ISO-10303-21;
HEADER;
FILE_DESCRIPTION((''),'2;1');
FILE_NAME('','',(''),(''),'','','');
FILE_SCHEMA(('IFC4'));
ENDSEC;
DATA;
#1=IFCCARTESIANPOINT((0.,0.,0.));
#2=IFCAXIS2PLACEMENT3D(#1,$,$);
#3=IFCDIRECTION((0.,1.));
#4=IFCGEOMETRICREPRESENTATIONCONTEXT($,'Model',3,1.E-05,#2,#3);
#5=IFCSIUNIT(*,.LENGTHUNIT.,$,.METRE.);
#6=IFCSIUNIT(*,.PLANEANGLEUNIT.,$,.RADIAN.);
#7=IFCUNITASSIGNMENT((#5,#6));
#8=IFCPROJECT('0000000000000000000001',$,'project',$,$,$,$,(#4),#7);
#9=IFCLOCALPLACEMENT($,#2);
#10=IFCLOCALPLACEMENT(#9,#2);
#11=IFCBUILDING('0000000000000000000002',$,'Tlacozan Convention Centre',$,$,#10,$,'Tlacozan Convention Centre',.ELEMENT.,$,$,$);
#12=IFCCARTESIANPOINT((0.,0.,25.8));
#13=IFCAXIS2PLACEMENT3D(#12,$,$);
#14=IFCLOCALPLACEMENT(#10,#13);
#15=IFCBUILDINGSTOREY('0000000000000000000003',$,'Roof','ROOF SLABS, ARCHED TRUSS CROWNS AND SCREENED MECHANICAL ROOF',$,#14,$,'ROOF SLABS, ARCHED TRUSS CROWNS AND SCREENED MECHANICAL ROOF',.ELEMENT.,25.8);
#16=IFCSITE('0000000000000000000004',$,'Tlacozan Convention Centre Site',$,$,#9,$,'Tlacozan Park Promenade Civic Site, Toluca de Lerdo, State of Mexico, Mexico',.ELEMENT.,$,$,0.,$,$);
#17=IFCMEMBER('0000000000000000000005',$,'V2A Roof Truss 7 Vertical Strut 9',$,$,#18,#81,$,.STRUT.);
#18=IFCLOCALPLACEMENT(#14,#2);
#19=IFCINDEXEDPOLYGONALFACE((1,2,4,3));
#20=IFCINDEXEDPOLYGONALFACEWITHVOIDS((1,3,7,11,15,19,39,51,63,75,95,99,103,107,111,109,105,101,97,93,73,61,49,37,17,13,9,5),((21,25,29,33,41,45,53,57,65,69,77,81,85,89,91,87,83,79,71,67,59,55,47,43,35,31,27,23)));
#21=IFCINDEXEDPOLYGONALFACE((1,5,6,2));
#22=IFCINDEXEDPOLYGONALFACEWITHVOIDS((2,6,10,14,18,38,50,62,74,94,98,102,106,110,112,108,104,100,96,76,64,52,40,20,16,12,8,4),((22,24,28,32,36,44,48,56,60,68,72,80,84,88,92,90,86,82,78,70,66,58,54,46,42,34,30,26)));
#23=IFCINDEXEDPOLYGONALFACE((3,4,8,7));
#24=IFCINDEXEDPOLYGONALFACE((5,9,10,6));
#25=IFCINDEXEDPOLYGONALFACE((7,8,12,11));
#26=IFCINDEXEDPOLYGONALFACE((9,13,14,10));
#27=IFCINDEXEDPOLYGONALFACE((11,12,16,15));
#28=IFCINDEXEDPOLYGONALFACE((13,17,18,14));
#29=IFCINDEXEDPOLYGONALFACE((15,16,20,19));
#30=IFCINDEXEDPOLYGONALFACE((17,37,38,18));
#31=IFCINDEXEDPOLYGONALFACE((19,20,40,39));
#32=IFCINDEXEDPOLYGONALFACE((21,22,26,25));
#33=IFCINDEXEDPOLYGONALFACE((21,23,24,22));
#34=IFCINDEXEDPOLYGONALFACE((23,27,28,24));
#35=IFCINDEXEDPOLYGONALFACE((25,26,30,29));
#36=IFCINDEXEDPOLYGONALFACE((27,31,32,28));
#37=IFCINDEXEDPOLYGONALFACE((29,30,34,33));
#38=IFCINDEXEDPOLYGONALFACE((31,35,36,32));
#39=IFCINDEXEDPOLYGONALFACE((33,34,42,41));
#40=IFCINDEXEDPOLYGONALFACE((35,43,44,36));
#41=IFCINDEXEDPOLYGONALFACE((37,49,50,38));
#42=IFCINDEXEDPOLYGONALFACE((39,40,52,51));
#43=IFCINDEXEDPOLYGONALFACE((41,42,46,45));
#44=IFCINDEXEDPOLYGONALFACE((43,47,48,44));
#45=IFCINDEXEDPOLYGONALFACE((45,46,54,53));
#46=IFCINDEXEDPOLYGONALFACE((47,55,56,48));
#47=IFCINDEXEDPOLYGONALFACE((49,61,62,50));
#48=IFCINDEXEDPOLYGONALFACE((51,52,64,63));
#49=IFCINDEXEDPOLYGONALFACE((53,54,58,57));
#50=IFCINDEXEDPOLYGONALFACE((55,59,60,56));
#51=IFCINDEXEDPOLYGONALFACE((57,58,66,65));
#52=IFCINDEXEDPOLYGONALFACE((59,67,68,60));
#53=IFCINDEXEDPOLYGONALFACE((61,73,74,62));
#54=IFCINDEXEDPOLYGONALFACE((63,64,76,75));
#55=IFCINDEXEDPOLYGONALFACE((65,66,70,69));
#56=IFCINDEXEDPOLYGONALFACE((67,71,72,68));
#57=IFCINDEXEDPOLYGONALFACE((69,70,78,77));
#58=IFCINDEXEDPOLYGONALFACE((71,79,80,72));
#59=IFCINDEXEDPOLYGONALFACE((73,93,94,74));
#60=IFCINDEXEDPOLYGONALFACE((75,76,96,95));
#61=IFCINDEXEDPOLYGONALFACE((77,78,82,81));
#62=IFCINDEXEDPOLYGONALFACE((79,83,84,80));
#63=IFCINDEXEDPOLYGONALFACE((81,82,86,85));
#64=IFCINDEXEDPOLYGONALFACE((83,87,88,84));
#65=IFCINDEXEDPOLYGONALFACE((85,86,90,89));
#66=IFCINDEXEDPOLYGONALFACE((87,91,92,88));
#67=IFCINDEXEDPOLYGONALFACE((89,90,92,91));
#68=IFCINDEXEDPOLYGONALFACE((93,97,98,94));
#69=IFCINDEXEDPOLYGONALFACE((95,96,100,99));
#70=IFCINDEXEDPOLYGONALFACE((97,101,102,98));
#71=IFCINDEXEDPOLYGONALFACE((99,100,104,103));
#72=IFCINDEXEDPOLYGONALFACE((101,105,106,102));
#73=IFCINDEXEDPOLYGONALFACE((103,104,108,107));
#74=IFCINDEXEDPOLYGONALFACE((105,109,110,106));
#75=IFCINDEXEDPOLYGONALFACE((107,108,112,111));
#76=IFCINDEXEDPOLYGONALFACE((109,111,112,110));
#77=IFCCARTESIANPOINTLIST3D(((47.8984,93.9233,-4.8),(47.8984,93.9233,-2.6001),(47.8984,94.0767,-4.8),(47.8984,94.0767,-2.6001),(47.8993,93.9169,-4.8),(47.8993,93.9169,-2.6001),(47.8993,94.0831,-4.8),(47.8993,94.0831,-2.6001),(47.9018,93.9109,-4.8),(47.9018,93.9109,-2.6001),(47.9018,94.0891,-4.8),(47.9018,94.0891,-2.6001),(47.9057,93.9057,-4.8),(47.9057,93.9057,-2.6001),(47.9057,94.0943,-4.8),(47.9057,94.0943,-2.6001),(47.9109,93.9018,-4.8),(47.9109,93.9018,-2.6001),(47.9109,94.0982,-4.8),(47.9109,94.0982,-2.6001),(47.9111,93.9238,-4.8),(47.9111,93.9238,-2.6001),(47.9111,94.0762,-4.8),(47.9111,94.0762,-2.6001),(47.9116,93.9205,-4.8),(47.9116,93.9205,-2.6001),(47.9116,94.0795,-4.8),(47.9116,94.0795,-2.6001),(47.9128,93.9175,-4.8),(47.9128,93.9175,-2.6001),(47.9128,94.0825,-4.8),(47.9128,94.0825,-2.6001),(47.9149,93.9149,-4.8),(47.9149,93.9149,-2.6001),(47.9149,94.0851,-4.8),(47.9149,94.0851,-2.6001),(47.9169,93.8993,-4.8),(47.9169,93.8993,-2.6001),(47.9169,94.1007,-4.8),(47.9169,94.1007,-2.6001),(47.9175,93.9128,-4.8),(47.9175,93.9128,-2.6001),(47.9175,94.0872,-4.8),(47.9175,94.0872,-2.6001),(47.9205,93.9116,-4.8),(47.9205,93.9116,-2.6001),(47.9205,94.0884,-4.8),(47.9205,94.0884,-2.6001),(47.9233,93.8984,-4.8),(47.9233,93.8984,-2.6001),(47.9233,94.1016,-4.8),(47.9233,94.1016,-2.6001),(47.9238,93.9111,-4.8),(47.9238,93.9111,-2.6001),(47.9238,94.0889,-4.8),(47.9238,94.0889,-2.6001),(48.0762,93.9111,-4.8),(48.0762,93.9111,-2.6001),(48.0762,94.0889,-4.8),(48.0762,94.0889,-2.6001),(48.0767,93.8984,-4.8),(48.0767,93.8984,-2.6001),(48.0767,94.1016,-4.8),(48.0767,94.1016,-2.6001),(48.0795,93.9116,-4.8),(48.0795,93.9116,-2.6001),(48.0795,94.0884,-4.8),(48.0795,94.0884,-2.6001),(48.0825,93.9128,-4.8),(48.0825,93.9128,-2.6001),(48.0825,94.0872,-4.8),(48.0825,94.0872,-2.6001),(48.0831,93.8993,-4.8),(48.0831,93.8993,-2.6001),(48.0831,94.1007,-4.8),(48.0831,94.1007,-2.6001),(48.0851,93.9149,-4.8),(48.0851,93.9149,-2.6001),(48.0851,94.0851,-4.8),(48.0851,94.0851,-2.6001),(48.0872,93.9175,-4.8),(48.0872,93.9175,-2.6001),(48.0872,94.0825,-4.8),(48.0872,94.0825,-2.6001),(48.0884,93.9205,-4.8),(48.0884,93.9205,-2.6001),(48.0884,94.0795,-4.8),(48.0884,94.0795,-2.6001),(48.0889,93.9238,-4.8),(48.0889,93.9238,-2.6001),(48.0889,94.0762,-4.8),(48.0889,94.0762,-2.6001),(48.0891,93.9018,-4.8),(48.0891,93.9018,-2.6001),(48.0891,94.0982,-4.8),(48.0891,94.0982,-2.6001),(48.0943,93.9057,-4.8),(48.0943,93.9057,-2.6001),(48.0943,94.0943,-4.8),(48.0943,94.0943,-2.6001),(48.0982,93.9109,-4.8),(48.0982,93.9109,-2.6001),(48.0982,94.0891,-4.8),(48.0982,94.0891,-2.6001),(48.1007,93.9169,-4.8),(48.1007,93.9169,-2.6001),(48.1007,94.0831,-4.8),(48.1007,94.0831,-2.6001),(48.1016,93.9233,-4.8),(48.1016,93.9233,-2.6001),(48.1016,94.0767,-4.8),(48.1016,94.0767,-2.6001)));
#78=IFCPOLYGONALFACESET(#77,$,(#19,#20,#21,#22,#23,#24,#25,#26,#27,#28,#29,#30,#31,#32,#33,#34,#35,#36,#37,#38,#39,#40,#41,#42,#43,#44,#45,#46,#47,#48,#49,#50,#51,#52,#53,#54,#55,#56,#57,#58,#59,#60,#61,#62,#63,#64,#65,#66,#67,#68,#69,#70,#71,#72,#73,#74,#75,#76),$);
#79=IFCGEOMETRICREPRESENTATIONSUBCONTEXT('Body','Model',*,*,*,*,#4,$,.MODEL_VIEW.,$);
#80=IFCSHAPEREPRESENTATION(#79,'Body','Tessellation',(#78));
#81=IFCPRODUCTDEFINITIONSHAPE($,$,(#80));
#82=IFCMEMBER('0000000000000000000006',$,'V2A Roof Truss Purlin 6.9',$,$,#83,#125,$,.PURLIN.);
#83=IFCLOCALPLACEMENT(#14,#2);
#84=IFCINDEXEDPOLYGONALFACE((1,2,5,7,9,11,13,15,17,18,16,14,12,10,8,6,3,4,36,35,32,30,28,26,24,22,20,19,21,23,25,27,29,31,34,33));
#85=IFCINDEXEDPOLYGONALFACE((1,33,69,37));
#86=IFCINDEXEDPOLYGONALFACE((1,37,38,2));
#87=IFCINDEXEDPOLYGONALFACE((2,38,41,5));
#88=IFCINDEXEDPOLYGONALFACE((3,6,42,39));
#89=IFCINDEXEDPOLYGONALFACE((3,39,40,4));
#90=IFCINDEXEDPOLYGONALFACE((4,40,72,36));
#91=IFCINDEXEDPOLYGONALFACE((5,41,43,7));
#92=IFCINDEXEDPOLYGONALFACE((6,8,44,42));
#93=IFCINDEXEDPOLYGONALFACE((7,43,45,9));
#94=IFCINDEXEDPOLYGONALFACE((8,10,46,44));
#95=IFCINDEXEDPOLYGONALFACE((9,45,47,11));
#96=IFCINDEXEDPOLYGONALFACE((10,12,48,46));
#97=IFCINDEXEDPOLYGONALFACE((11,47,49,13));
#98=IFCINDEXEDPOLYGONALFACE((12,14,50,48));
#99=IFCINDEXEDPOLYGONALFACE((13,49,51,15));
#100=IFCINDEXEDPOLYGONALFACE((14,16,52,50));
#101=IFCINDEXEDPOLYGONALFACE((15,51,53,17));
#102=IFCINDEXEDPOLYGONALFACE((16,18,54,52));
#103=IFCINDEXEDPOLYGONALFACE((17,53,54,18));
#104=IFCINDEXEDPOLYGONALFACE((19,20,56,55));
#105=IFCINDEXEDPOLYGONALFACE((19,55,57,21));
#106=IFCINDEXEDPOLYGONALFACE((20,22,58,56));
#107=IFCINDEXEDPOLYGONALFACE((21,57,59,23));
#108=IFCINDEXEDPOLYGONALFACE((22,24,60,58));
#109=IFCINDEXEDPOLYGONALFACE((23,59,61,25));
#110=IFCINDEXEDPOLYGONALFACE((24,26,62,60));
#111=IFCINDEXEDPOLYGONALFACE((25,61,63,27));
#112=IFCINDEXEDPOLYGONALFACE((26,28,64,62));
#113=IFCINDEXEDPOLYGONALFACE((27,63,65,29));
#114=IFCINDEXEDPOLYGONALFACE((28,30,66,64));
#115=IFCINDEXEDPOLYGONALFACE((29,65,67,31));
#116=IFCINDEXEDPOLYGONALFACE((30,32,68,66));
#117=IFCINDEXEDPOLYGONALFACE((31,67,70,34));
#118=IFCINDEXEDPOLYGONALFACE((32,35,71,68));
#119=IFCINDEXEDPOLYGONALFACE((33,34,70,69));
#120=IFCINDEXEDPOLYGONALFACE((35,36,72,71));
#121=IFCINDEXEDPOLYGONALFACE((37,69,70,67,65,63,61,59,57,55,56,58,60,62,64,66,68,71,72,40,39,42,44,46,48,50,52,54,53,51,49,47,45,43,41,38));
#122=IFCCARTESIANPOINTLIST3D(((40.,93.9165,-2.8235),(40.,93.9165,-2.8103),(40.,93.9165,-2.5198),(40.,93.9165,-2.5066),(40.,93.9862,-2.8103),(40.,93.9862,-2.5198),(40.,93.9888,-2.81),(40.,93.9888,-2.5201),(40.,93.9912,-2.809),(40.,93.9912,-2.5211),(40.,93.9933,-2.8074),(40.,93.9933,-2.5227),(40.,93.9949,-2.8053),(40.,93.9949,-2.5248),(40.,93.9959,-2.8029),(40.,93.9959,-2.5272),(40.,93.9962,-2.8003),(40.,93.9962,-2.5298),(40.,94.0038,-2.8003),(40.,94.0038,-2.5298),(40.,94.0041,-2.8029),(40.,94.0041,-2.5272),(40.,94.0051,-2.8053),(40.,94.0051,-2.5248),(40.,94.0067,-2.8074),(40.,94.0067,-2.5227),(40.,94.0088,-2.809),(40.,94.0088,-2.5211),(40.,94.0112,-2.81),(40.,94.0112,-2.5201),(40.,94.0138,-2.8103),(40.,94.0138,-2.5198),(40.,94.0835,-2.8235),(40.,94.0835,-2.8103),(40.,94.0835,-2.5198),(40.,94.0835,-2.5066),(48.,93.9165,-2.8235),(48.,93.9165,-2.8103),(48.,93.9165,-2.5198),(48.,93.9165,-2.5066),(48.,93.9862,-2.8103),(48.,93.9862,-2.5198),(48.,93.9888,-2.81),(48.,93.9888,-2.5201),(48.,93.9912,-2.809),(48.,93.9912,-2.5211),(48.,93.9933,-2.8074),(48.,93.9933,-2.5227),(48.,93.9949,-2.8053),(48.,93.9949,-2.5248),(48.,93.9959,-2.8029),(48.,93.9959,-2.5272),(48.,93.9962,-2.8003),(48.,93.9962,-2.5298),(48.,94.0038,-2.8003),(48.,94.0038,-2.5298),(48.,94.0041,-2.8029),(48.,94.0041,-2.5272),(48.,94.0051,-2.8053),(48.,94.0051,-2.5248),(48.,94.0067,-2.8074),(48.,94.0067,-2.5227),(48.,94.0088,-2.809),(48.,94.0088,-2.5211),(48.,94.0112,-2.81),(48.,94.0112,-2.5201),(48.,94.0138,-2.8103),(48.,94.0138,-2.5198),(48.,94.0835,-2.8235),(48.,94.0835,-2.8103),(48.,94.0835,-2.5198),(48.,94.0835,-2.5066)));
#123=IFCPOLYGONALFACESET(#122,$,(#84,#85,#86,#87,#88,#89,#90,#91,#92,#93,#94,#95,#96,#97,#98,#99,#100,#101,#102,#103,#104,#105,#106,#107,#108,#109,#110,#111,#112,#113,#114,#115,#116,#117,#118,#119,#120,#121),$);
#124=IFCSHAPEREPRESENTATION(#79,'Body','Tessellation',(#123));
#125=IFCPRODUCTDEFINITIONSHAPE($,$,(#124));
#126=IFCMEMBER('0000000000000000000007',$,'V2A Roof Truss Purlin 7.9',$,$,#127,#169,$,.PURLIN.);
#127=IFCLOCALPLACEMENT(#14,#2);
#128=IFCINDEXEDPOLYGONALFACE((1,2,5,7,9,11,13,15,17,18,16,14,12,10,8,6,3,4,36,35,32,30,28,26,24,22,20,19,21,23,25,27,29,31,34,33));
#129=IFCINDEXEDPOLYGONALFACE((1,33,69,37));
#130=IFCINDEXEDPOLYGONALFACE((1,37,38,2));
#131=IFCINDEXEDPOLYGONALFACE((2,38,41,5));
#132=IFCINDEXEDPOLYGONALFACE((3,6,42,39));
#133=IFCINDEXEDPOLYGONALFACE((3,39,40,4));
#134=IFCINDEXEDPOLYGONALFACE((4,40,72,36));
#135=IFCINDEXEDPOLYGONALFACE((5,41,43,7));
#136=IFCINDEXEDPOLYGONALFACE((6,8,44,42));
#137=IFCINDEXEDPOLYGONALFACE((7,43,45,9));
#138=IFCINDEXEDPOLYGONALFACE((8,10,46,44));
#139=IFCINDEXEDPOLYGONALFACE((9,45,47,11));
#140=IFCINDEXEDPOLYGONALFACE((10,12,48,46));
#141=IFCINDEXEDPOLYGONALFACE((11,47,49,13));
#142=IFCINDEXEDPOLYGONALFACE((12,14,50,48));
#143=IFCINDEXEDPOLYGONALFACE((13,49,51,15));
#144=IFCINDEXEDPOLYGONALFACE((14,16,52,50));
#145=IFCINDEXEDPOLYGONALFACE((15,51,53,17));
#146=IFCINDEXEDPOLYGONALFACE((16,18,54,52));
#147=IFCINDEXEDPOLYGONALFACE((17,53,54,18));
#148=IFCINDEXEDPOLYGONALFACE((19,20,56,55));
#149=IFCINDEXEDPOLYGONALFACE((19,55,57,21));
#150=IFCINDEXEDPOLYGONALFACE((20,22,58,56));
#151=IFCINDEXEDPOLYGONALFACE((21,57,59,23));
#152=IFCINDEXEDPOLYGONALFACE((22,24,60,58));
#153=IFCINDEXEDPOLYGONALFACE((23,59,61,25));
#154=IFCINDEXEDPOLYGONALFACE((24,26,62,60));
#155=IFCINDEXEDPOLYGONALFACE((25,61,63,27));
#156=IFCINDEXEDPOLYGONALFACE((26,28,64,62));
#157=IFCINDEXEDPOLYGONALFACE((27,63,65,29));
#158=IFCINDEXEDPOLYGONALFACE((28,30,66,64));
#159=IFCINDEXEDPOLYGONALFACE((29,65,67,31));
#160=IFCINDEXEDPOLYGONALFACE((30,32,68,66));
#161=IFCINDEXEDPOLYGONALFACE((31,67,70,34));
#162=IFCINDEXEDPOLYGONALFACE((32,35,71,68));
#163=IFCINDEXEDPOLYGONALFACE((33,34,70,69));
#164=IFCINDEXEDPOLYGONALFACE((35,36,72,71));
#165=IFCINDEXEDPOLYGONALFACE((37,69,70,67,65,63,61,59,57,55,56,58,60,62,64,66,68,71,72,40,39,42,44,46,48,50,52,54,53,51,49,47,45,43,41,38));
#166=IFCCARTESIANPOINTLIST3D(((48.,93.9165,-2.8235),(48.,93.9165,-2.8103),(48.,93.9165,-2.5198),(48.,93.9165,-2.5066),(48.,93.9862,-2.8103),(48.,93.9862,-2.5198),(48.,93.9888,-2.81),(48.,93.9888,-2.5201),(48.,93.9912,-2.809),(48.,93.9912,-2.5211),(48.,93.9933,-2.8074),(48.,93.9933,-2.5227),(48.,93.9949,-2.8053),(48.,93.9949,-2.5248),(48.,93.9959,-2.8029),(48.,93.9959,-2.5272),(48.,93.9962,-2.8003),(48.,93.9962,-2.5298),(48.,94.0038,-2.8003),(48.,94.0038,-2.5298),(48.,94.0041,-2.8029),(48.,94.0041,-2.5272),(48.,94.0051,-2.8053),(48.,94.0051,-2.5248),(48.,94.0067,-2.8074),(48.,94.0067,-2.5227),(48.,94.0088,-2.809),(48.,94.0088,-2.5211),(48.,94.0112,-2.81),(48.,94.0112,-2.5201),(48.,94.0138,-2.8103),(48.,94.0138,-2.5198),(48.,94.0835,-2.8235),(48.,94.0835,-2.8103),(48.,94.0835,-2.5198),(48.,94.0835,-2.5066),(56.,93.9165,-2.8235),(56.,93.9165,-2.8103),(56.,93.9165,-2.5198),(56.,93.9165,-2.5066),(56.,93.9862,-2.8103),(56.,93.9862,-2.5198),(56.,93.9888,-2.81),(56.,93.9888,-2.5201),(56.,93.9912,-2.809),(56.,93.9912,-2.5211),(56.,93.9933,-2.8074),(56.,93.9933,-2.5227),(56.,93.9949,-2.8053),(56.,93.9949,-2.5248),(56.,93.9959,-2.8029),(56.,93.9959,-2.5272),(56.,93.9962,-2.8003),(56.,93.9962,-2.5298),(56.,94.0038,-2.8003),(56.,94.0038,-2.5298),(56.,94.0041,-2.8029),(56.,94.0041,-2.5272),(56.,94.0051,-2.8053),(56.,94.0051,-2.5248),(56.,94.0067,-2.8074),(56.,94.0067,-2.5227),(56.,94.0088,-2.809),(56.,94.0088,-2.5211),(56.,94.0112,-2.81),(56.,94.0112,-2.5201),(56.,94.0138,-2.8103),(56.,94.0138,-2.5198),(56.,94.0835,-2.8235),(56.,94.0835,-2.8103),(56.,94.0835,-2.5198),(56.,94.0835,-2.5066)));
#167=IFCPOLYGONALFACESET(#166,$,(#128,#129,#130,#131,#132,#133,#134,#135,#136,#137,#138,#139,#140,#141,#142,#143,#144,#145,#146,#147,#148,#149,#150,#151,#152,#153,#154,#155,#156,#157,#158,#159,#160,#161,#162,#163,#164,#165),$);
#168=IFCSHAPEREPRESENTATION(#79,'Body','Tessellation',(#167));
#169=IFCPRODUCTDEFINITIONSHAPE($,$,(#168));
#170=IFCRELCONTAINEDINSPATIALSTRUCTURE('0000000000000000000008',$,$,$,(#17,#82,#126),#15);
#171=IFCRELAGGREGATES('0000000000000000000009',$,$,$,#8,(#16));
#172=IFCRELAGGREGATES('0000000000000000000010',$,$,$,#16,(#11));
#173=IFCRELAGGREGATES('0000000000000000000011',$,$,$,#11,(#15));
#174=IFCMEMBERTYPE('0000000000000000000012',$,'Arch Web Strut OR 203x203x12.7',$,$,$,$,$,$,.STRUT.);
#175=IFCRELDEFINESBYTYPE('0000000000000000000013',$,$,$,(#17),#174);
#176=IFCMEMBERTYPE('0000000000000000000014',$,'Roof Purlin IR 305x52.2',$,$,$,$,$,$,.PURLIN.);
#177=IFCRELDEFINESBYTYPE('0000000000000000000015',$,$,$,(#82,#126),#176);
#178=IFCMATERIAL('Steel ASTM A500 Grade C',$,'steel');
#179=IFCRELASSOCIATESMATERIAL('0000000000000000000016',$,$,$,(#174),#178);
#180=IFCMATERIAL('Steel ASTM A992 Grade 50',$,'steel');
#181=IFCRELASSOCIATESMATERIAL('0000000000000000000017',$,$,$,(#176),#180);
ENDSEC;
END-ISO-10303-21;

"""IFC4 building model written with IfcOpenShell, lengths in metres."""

from ifc_helpers import new_model, si_unit, direction, frame, origin, origin_2d, place, context, subcontext, project, spatial, hollow_rectangle, i_section, extrude, material, material_profile, profile_set, type_object, element, save


model = new_model("IFC4")

# Units and contexts
model_context = context("Model", 3, precision=1e-05, world=origin(), true_north=direction((0.0, 1.0)))
body_context = subcontext(model_context, "Body", "Model", "MODEL_VIEW")
ifc_project = project(units=[si_unit("LENGTHUNIT", "METRE"), si_unit("PLANEANGLEUNIT", "RADIAN")], contexts=[model_context])

# Site, building, storey
site_placement = place(None, origin())
site = spatial("IfcSite", under=ifc_project, at=site_placement, Name="Tlacozan Convention Centre Site", LongName="Tlacozan Park Promenade Civic Site, Toluca de Lerdo, State of Mexico, Mexico", CompositionType="ELEMENT", RefElevation=0.0)
building_placement = place(site_placement, origin())
building = spatial("IfcBuilding", under=site, at=building_placement, Name="Tlacozan Convention Centre", LongName="Tlacozan Convention Centre", CompositionType="ELEMENT")
storey_placement = place(building_placement, frame((0.0, 0.0, 25.8)))
storey = spatial("IfcBuildingStorey", under=building, at=storey_placement, Name="Roof", Description="ROOF SLABS, ARCHED TRUSS CROWNS AND SCREENED MECHANICAL ROOF", LongName="ROOF SLABS, ARCHED TRUSS CROWNS AND SCREENED MECHANICAL ROOF", CompositionType="ELEMENT", Elevation=25.8)

# Members
ifc_material_1 = material(Name="Steel ASTM A500 Grade C", Category="steel")
ifc_material_profile_1 = material_profile(ifc_material_1, hollow_rectangle(XDim=0.2031, YDim=0.2031, WallThickness=0.0127, InnerFilletRadius=0.0127, OuterFilletRadius=0.0249, at=origin_2d()), Name="OR 203x203x12.7")
ifc_profile_set_1 = profile_set([ifc_material_profile_1], Name="Steel ASTM A500 Grade C")
member_type_1 = type_object("IfcMemberType", Name="Arch Web Strut OR 203x203x12.7", PredefinedType="STRUT", material=ifc_profile_set_1)
member_1_placement = place(storey_placement, frame((48.0, 94.0, -4.8), z_axis=(0.0, 0.0, 1.0), x_axis=(1.0, 0.0, 0.0)))
element("IfcMember", 1, at=member_1_placement, inside=storey, type_object=member_type_1, Name="V2A Roof Truss 7 Vertical Strut 9", PredefinedType="STRUT", context=body_context, shape_type="SweptSolid", body=[
    extrude(hollow_rectangle(XDim=0.2031, YDim=0.2031, WallThickness=0.0127, InnerFilletRadius=0.0127, OuterFilletRadius=0.0249, at=origin_2d()), origin(), (0.0, 0.0, 1.0), 2.2),
])
ifc_material_2 = material(Name="Steel ASTM A992 Grade 50", Category="steel")
ifc_material_profile_2 = material_profile(ifc_material_2, i_section(OverallWidth=0.167, OverallDepth=0.3169, WebThickness=0.0076, FlangeThickness=0.0132, FilletRadius=0.01, at=origin_2d()), Name="IR 305x52.2")
ifc_profile_set_2 = profile_set([ifc_material_profile_2], Name="Steel ASTM A992 Grade 50")
member_type_2 = type_object("IfcMemberType", Name="Roof Purlin IR 305x52.2", PredefinedType="PURLIN", material=ifc_profile_set_2)
for number, where, z_axis, x_axis, name in (
    (2, (40.0, 94.0, -2.665), (1.0, 0.0, 0.0), (0.0, 1.0, 0.0), "V2A Roof Truss Purlin 6.9"),
    (3, (48.0, 94.0, -2.665), (1.0, 0.0, 0.0), (0.0, 1.0, 0.0), "V2A Roof Truss Purlin 7.9"),
):
    element("IfcMember", number, at=place(storey_placement, frame(where, z_axis=z_axis, x_axis=x_axis)), inside=storey, type_object=member_type_2, Name=name, PredefinedType="PURLIN", context=body_context, shape_type="SweptSolid", body=[
        extrude(i_section(OverallWidth=0.167, OverallDepth=0.3169, WebThickness=0.0076, FlangeThickness=0.0132, FilletRadius=0.01, at=origin_2d()), origin(), (0.0, 0.0, 1.0), 8.0),
    ])

save(model, "model.ifc")
